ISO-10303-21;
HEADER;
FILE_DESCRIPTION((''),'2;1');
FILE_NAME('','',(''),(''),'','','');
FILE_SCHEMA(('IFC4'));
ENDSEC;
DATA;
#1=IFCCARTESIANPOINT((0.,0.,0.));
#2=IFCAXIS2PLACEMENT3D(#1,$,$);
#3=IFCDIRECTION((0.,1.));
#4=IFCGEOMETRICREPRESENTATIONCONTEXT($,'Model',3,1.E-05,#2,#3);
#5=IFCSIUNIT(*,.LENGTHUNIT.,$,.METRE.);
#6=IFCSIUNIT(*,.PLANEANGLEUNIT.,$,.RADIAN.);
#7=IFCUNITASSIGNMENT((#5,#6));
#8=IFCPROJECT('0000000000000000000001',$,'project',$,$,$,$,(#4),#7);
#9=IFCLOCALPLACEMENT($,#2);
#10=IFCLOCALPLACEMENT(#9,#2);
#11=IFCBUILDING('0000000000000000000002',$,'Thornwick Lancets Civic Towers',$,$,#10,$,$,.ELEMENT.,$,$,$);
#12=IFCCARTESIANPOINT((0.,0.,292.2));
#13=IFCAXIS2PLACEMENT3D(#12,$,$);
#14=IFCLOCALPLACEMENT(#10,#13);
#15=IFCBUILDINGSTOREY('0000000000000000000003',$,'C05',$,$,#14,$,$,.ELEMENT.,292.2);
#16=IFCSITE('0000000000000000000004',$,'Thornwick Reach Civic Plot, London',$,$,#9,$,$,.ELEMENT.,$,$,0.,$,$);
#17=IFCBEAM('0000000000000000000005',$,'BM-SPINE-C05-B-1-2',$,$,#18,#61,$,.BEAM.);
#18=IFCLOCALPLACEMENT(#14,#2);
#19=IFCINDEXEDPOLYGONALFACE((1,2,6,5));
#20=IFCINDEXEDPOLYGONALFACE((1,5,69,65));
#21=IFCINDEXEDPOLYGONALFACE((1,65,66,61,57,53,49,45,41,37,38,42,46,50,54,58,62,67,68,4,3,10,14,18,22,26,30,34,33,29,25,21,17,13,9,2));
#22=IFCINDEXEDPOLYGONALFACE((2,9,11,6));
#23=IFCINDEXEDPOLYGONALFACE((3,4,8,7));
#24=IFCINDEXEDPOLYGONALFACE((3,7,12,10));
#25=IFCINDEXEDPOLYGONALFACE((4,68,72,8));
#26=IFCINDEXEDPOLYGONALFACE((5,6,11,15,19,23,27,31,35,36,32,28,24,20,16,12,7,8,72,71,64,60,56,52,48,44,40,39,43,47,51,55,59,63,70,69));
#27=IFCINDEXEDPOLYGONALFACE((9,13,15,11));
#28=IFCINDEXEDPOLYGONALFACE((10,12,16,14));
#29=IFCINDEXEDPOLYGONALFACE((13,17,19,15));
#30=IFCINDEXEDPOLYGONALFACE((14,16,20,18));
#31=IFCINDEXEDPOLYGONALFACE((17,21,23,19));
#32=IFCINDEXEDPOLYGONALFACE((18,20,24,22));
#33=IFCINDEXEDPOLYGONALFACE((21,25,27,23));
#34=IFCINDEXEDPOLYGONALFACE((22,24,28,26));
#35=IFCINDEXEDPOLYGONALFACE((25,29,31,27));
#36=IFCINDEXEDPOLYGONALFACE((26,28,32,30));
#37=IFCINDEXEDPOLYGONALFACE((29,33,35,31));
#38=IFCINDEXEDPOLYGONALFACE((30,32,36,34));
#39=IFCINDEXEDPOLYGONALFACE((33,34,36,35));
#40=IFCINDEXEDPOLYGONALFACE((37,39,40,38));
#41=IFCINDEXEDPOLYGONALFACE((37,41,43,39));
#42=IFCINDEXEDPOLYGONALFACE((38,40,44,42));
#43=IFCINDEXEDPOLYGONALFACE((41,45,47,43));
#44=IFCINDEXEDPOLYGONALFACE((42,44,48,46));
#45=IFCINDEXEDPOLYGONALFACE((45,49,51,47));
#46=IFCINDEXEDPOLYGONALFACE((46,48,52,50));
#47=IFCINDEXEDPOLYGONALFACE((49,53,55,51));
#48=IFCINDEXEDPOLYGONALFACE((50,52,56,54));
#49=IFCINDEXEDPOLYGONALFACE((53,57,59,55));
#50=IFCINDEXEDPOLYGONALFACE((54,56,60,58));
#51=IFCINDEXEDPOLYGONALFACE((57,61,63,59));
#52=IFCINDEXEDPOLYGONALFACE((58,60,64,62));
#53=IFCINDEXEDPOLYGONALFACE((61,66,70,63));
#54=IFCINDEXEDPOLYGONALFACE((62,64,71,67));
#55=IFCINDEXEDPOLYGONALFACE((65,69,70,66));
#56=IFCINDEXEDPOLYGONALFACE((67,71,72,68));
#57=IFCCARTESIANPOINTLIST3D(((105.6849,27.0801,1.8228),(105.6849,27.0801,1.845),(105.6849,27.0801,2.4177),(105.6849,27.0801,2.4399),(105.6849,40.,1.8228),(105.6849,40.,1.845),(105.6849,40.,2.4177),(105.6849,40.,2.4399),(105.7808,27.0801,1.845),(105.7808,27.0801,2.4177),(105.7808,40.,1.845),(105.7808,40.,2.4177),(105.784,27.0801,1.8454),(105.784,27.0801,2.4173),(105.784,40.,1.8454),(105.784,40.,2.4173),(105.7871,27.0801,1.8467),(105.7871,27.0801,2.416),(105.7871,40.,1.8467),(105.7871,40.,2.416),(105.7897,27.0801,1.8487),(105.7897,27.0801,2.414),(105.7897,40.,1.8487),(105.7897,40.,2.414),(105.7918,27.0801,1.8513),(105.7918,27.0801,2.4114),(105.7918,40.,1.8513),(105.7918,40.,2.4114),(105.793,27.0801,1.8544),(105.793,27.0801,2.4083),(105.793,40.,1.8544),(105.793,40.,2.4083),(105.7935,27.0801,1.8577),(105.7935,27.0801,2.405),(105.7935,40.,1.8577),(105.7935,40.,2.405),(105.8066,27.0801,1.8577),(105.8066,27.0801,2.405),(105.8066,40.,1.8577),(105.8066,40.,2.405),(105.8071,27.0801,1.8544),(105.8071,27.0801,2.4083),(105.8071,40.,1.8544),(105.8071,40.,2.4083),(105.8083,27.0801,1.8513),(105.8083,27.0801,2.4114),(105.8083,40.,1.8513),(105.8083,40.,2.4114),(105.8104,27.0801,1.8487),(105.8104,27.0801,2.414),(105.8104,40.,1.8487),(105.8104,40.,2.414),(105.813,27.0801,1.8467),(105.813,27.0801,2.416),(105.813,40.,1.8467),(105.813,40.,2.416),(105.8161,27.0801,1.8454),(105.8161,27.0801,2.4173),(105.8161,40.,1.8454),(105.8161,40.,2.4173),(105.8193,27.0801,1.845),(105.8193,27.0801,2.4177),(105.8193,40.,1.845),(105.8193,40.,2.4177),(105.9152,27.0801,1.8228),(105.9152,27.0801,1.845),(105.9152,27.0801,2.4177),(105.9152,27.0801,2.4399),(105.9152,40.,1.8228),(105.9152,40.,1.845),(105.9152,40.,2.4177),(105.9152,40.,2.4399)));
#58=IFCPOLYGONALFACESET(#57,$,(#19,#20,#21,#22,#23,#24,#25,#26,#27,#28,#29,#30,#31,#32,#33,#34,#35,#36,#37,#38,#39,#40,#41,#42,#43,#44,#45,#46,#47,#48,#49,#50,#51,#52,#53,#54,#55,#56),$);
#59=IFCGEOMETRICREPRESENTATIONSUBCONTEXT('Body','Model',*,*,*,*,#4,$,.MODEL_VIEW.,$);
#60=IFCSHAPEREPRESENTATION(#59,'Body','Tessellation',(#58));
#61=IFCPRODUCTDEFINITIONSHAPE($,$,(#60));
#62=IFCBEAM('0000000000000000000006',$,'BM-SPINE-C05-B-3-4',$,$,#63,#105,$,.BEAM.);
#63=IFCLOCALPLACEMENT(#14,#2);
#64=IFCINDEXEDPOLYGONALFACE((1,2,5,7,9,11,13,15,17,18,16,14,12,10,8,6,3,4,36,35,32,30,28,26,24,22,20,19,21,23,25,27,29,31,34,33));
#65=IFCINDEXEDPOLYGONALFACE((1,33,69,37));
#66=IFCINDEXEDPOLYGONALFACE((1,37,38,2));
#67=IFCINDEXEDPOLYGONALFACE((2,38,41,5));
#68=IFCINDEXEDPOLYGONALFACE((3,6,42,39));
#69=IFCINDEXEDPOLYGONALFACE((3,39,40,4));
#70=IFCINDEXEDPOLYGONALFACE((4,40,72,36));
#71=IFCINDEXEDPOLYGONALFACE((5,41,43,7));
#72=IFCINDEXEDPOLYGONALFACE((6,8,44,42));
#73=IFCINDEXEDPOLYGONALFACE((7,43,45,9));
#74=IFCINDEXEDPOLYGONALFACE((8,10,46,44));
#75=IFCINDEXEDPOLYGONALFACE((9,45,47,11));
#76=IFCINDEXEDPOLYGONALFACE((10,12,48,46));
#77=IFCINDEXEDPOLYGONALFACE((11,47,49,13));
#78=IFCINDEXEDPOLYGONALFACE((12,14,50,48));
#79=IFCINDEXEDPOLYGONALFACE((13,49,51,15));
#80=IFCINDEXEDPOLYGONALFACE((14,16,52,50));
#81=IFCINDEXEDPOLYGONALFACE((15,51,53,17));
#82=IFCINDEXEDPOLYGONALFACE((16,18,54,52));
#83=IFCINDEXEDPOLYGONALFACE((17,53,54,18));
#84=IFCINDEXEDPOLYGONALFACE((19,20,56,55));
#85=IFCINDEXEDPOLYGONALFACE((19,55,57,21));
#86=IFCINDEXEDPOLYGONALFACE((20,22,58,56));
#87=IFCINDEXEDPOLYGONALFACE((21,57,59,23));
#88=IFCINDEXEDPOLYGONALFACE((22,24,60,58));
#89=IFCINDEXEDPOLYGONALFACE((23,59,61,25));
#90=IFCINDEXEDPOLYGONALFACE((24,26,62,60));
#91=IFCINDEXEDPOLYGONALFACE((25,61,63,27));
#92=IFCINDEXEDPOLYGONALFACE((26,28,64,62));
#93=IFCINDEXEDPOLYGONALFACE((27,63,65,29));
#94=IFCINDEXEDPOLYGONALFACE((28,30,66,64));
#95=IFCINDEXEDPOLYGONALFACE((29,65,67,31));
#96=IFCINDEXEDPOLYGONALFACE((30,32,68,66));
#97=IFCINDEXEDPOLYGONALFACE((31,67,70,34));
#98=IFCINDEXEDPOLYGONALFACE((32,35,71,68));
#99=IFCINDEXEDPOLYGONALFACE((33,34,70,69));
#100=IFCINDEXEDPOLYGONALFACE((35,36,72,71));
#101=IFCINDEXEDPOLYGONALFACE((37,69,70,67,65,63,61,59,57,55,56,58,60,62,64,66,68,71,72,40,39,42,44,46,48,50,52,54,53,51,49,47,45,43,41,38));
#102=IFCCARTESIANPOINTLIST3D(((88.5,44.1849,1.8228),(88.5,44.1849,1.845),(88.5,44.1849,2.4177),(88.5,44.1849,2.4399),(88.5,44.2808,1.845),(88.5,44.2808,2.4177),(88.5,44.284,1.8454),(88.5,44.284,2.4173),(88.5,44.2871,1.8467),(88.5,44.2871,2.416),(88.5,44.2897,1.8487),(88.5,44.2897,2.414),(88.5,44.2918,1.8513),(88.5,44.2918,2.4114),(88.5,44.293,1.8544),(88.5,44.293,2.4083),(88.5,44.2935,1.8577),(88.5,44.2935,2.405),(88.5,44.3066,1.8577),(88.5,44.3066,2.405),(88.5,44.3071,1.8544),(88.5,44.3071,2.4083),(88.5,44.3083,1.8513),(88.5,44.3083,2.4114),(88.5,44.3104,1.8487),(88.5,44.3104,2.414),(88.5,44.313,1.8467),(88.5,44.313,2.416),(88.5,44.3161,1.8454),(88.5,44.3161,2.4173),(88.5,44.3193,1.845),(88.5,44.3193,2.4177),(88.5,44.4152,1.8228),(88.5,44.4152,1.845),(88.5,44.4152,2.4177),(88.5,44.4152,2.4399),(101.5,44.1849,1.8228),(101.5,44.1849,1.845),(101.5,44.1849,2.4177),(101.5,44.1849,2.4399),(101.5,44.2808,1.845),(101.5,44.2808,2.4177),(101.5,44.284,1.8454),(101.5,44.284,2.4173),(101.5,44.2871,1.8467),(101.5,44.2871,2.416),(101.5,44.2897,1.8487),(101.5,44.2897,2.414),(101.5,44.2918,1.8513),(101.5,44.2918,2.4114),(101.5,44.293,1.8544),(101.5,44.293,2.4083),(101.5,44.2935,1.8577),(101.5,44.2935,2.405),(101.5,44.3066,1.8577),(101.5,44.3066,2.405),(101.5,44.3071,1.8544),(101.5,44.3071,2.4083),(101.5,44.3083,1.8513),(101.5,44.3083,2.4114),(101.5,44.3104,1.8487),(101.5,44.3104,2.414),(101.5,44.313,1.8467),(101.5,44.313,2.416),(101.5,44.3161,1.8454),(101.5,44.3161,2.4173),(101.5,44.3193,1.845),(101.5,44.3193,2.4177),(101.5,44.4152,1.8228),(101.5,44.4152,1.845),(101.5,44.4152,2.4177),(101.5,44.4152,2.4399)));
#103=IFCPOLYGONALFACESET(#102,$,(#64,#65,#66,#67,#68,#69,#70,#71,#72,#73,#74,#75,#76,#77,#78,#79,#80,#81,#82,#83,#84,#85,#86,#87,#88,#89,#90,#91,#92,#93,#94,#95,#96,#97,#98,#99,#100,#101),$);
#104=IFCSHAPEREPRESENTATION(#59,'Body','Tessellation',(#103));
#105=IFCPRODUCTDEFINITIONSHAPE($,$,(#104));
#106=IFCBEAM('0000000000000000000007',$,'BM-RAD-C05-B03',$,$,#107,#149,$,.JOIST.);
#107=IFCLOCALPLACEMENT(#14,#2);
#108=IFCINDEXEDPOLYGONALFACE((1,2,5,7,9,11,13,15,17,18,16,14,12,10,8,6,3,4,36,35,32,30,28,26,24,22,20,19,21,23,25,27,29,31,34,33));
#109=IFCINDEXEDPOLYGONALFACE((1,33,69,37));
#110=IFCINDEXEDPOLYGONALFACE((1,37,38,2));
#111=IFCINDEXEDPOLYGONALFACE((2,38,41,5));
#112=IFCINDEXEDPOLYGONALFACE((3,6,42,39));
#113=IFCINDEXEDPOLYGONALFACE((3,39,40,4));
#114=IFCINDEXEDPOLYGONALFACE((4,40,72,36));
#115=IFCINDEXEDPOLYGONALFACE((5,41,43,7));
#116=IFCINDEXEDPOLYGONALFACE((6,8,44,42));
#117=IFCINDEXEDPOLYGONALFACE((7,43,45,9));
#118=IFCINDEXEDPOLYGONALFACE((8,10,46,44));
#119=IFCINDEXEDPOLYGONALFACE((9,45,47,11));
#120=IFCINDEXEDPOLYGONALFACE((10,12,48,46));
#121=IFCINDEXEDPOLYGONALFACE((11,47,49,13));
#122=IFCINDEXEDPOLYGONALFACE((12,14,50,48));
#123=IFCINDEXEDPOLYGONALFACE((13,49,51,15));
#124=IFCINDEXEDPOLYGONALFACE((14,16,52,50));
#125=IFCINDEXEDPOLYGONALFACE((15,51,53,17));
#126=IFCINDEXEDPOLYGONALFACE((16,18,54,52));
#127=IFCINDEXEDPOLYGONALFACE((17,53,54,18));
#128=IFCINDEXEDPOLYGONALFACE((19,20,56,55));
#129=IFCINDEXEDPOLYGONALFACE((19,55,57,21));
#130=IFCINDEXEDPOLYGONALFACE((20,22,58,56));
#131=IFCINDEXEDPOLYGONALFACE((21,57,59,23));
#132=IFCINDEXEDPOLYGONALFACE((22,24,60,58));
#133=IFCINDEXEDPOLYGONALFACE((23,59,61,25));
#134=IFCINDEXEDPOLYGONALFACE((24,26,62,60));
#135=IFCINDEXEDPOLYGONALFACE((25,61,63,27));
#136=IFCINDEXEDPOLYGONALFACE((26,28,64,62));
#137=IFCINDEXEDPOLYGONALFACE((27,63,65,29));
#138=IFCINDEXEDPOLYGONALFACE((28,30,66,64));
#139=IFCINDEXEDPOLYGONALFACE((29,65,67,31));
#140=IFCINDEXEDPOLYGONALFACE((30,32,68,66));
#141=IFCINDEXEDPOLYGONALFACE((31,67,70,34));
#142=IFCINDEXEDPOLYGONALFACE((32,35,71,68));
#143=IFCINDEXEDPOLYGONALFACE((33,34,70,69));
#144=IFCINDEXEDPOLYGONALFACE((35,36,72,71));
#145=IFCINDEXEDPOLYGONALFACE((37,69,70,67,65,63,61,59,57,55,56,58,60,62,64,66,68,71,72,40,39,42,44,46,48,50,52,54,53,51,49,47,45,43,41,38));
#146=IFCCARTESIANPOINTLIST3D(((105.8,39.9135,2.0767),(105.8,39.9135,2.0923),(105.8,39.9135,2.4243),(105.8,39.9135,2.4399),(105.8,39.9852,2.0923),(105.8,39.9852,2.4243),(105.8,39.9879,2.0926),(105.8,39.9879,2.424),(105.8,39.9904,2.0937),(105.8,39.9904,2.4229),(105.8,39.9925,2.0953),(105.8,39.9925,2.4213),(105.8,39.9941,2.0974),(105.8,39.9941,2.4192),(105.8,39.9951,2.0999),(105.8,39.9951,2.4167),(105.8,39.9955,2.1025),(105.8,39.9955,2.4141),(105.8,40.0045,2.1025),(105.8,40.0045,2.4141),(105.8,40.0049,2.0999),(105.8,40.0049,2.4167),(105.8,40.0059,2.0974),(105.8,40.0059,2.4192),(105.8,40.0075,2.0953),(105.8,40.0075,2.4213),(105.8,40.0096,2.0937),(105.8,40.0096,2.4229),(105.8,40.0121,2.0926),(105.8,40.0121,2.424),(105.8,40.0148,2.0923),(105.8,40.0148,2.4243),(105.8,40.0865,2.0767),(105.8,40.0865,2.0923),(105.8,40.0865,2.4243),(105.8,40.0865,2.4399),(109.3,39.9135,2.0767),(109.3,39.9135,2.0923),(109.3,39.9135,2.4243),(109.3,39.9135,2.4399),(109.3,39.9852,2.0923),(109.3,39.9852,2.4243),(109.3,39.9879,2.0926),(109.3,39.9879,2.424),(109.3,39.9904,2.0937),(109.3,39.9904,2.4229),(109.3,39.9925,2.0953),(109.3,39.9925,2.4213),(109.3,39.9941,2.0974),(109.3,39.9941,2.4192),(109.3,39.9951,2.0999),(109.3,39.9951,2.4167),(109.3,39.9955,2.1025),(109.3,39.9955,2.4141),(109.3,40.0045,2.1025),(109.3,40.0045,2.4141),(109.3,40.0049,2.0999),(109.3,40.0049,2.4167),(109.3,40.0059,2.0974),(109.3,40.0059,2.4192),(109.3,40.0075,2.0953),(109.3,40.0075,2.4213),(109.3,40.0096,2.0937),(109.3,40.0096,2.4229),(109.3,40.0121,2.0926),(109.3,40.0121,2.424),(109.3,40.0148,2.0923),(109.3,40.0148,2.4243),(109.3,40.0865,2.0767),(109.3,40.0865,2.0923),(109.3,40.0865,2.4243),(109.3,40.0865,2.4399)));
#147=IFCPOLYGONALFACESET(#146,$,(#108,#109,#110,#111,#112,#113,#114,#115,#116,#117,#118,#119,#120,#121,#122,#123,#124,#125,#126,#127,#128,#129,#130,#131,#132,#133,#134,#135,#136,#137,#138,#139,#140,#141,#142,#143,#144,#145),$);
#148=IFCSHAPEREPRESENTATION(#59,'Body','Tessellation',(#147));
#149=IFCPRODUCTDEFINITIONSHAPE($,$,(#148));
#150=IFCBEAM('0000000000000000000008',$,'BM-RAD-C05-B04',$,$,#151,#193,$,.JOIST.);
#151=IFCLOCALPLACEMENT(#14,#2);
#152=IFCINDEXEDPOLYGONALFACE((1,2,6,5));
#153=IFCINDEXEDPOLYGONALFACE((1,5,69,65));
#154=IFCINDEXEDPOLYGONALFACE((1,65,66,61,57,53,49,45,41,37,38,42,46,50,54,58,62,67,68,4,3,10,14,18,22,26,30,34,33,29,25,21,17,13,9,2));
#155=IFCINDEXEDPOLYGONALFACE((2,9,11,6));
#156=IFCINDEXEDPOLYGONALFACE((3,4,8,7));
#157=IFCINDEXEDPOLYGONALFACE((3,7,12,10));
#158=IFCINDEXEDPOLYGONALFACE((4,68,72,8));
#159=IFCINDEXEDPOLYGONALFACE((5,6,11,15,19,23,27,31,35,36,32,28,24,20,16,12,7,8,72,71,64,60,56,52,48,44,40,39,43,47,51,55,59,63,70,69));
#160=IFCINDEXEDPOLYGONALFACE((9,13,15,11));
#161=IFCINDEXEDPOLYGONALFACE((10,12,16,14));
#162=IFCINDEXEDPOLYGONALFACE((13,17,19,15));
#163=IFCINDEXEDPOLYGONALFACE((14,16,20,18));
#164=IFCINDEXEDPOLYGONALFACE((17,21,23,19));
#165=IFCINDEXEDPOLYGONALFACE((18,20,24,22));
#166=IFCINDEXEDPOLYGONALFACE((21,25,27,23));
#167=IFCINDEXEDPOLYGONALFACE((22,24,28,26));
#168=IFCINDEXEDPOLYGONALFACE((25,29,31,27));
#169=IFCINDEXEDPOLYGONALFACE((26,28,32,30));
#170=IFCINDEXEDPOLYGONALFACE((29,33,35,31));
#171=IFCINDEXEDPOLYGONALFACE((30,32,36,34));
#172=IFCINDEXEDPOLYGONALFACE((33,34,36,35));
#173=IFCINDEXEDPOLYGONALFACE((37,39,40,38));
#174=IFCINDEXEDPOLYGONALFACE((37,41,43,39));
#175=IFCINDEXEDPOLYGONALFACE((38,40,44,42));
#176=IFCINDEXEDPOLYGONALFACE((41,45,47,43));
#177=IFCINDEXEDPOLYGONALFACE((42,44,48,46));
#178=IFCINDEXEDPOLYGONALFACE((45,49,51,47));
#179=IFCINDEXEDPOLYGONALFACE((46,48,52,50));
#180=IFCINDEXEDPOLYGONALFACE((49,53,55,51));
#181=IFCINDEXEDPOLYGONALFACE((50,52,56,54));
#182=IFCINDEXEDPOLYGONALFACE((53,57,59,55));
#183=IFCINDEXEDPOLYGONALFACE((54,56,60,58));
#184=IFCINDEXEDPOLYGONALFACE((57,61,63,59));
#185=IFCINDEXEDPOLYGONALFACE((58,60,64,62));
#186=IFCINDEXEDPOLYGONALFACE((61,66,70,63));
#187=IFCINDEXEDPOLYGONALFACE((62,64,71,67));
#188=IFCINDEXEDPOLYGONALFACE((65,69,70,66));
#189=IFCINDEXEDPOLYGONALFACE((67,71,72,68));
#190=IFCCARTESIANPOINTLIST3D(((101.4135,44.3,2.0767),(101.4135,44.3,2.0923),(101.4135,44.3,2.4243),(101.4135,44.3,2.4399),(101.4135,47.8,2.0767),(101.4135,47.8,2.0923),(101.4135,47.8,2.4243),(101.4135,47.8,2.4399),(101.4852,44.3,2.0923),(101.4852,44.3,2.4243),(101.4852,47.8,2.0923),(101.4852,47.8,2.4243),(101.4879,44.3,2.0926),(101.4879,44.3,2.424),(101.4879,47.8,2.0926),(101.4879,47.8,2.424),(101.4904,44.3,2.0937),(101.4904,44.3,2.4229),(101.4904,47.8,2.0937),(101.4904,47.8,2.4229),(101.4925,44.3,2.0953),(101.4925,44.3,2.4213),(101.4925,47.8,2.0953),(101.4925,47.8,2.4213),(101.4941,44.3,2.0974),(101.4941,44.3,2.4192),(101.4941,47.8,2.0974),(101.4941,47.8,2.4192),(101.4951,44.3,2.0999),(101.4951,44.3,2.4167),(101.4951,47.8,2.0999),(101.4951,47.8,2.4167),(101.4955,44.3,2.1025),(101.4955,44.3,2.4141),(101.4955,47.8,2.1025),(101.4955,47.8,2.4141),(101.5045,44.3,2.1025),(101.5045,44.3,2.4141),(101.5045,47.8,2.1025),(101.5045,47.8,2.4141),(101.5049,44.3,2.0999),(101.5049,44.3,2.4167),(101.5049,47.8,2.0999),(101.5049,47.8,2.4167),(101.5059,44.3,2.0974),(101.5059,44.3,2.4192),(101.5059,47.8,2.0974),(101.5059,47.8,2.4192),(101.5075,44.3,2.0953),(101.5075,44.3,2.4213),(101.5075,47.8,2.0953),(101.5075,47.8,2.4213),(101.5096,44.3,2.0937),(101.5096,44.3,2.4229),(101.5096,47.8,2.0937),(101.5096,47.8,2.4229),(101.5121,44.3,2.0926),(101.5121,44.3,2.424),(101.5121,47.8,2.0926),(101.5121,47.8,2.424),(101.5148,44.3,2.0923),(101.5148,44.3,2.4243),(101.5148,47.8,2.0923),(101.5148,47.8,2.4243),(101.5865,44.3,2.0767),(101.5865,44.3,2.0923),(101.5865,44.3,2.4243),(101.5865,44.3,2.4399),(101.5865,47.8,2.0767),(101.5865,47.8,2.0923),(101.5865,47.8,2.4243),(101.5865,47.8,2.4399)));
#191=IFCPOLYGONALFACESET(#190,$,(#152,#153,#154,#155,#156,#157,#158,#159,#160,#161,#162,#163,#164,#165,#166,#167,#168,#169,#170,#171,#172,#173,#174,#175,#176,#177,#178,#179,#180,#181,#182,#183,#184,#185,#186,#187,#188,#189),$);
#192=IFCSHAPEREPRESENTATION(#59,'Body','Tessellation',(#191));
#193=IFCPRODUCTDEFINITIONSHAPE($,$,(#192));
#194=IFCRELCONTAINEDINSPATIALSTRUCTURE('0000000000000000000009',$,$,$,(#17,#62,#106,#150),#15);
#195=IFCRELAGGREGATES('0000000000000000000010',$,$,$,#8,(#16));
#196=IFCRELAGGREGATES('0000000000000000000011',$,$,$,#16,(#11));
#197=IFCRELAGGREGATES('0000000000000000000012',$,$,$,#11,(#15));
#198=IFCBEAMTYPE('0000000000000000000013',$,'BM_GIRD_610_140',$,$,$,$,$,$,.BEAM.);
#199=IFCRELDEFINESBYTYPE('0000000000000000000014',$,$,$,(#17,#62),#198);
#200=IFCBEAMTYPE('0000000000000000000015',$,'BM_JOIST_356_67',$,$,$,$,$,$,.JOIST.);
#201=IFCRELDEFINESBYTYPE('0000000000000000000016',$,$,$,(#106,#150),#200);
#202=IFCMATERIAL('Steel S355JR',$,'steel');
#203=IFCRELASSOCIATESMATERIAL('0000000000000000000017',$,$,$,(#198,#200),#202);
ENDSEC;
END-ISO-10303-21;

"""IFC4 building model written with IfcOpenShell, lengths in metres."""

from ifc_helpers import new_model, si_unit, direction, frame, origin, origin_2d, place, context, subcontext, project, spatial, i_section, extrude, material, material_profile, profile_set, type_object, element, save


model = new_model("IFC4")

# Units and contexts
model_context = context("Model", 3, precision=1e-05, world=origin(), true_north=direction((0.0, 1.0)))
body_context = subcontext(model_context, "Body", "Model", "MODEL_VIEW")
ifc_project = project(units=[si_unit("LENGTHUNIT", "METRE"), si_unit("PLANEANGLEUNIT", "RADIAN")], contexts=[model_context])

# Site, building, storey
site_placement = place(None, origin())
site = spatial("IfcSite", under=ifc_project, at=site_placement, Name="Thornwick Reach Civic Plot, London", CompositionType="ELEMENT", RefElevation=0.0)
building_placement = place(site_placement, origin())
building = spatial("IfcBuilding", under=site, at=building_placement, Name="Thornwick Lancets Civic Towers", CompositionType="ELEMENT")
storey_placement = place(building_placement, frame((0.0, 0.0, 292.2)))
storey = spatial("IfcBuildingStorey", under=building, at=storey_placement, Name="C05", CompositionType="ELEMENT", Elevation=292.2)

# Shared definitions
ifc_material_1 = material(Name="Steel S355JR", Category="steel")

# Beams
ifc_material_profile_1 = material_profile(ifc_material_1, i_section(OverallWidth=0.2302, OverallDepth=0.6172, WebThickness=0.0132, FlangeThickness=0.0222, FilletRadius=0.0127, at=origin_2d()), Name="UKB 610x229x140")
ifc_profile_set_1 = profile_set([ifc_material_profile_1], Name="Steel S355JR")
beam_type_1 = type_object("IfcBeamType", Name="BM_GIRD_610_140", PredefinedType="BEAM", material=ifc_profile_set_1)
beam_1_placement = place(storey_placement, frame((105.8, 27.0801, 2.1313), z_axis=(0.0, 1.0, 0.0), x_axis=(-1.0, 0.0, 0.0)))
element("IfcBeam", 1, at=beam_1_placement, inside=storey, type_object=beam_type_1, Name="BM-SPINE-C05-B-1-2", PredefinedType="BEAM", context=body_context, shape_type="SweptSolid", body=[
    extrude(i_section(OverallWidth=0.2302, OverallDepth=0.6172, WebThickness=0.0132, FlangeThickness=0.0222, FilletRadius=0.0127, at=origin_2d()), origin(), (0.0, 0.0, 1.0), 12.9199),
])
beam_2_placement = place(storey_placement, frame((101.5, 44.3, 2.1313), z_axis=(-1.0, 0.0, 0.0), x_axis=(0.0, -1.0, 0.0)))
element("IfcBeam", 2, at=beam_2_placement, inside=storey, type_object=beam_type_1, Name="BM-SPINE-C05-B-3-4", PredefinedType="BEAM", context=body_context, shape_type="SweptSolid", body=[
    extrude(i_section(OverallWidth=0.2302, OverallDepth=0.6172, WebThickness=0.0132, FlangeThickness=0.0222, FilletRadius=0.0127, at=origin_2d()), origin(), (0.0, 0.0, 1.0), 13.0),
])
ifc_material_profile_2 = material_profile(ifc_material_1, i_section(OverallWidth=0.1731, OverallDepth=0.3633, WebThickness=0.009, FlangeThickness=0.0156, FilletRadius=0.0103, at=origin_2d()), Name="UKB 356x171x67")
ifc_profile_set_2 = profile_set([ifc_material_profile_2], Name="Steel S355JR")
beam_type_2 = type_object("IfcBeamType", Name="BM_JOIST_356_67", PredefinedType="JOIST", material=ifc_profile_set_2)
for number, where, z_axis, x_axis, name in (
    (3, (105.8, 40.0, 2.2583), (1.0, 0.0, 0.0), (0.0, 1.0, 0.0), "BM-RAD-C05-B03"),
    (4, (101.5, 44.3, 2.2583), (0.0, 1.0, 0.0), (-1.0, 0.0, 0.0), "BM-RAD-C05-B04"),
):
    element("IfcBeam", number, at=place(storey_placement, frame(where, z_axis=z_axis, x_axis=x_axis)), inside=storey, type_object=beam_type_2, Name=name, PredefinedType="JOIST", context=body_context, shape_type="SweptSolid", body=[
        extrude(i_section(OverallWidth=0.1731, OverallDepth=0.3633, WebThickness=0.009, FlangeThickness=0.0156, FilletRadius=0.0103, at=origin_2d()), origin(), (0.0, 0.0, 1.0), 3.5),
    ])

save(model, "model.ifc")
